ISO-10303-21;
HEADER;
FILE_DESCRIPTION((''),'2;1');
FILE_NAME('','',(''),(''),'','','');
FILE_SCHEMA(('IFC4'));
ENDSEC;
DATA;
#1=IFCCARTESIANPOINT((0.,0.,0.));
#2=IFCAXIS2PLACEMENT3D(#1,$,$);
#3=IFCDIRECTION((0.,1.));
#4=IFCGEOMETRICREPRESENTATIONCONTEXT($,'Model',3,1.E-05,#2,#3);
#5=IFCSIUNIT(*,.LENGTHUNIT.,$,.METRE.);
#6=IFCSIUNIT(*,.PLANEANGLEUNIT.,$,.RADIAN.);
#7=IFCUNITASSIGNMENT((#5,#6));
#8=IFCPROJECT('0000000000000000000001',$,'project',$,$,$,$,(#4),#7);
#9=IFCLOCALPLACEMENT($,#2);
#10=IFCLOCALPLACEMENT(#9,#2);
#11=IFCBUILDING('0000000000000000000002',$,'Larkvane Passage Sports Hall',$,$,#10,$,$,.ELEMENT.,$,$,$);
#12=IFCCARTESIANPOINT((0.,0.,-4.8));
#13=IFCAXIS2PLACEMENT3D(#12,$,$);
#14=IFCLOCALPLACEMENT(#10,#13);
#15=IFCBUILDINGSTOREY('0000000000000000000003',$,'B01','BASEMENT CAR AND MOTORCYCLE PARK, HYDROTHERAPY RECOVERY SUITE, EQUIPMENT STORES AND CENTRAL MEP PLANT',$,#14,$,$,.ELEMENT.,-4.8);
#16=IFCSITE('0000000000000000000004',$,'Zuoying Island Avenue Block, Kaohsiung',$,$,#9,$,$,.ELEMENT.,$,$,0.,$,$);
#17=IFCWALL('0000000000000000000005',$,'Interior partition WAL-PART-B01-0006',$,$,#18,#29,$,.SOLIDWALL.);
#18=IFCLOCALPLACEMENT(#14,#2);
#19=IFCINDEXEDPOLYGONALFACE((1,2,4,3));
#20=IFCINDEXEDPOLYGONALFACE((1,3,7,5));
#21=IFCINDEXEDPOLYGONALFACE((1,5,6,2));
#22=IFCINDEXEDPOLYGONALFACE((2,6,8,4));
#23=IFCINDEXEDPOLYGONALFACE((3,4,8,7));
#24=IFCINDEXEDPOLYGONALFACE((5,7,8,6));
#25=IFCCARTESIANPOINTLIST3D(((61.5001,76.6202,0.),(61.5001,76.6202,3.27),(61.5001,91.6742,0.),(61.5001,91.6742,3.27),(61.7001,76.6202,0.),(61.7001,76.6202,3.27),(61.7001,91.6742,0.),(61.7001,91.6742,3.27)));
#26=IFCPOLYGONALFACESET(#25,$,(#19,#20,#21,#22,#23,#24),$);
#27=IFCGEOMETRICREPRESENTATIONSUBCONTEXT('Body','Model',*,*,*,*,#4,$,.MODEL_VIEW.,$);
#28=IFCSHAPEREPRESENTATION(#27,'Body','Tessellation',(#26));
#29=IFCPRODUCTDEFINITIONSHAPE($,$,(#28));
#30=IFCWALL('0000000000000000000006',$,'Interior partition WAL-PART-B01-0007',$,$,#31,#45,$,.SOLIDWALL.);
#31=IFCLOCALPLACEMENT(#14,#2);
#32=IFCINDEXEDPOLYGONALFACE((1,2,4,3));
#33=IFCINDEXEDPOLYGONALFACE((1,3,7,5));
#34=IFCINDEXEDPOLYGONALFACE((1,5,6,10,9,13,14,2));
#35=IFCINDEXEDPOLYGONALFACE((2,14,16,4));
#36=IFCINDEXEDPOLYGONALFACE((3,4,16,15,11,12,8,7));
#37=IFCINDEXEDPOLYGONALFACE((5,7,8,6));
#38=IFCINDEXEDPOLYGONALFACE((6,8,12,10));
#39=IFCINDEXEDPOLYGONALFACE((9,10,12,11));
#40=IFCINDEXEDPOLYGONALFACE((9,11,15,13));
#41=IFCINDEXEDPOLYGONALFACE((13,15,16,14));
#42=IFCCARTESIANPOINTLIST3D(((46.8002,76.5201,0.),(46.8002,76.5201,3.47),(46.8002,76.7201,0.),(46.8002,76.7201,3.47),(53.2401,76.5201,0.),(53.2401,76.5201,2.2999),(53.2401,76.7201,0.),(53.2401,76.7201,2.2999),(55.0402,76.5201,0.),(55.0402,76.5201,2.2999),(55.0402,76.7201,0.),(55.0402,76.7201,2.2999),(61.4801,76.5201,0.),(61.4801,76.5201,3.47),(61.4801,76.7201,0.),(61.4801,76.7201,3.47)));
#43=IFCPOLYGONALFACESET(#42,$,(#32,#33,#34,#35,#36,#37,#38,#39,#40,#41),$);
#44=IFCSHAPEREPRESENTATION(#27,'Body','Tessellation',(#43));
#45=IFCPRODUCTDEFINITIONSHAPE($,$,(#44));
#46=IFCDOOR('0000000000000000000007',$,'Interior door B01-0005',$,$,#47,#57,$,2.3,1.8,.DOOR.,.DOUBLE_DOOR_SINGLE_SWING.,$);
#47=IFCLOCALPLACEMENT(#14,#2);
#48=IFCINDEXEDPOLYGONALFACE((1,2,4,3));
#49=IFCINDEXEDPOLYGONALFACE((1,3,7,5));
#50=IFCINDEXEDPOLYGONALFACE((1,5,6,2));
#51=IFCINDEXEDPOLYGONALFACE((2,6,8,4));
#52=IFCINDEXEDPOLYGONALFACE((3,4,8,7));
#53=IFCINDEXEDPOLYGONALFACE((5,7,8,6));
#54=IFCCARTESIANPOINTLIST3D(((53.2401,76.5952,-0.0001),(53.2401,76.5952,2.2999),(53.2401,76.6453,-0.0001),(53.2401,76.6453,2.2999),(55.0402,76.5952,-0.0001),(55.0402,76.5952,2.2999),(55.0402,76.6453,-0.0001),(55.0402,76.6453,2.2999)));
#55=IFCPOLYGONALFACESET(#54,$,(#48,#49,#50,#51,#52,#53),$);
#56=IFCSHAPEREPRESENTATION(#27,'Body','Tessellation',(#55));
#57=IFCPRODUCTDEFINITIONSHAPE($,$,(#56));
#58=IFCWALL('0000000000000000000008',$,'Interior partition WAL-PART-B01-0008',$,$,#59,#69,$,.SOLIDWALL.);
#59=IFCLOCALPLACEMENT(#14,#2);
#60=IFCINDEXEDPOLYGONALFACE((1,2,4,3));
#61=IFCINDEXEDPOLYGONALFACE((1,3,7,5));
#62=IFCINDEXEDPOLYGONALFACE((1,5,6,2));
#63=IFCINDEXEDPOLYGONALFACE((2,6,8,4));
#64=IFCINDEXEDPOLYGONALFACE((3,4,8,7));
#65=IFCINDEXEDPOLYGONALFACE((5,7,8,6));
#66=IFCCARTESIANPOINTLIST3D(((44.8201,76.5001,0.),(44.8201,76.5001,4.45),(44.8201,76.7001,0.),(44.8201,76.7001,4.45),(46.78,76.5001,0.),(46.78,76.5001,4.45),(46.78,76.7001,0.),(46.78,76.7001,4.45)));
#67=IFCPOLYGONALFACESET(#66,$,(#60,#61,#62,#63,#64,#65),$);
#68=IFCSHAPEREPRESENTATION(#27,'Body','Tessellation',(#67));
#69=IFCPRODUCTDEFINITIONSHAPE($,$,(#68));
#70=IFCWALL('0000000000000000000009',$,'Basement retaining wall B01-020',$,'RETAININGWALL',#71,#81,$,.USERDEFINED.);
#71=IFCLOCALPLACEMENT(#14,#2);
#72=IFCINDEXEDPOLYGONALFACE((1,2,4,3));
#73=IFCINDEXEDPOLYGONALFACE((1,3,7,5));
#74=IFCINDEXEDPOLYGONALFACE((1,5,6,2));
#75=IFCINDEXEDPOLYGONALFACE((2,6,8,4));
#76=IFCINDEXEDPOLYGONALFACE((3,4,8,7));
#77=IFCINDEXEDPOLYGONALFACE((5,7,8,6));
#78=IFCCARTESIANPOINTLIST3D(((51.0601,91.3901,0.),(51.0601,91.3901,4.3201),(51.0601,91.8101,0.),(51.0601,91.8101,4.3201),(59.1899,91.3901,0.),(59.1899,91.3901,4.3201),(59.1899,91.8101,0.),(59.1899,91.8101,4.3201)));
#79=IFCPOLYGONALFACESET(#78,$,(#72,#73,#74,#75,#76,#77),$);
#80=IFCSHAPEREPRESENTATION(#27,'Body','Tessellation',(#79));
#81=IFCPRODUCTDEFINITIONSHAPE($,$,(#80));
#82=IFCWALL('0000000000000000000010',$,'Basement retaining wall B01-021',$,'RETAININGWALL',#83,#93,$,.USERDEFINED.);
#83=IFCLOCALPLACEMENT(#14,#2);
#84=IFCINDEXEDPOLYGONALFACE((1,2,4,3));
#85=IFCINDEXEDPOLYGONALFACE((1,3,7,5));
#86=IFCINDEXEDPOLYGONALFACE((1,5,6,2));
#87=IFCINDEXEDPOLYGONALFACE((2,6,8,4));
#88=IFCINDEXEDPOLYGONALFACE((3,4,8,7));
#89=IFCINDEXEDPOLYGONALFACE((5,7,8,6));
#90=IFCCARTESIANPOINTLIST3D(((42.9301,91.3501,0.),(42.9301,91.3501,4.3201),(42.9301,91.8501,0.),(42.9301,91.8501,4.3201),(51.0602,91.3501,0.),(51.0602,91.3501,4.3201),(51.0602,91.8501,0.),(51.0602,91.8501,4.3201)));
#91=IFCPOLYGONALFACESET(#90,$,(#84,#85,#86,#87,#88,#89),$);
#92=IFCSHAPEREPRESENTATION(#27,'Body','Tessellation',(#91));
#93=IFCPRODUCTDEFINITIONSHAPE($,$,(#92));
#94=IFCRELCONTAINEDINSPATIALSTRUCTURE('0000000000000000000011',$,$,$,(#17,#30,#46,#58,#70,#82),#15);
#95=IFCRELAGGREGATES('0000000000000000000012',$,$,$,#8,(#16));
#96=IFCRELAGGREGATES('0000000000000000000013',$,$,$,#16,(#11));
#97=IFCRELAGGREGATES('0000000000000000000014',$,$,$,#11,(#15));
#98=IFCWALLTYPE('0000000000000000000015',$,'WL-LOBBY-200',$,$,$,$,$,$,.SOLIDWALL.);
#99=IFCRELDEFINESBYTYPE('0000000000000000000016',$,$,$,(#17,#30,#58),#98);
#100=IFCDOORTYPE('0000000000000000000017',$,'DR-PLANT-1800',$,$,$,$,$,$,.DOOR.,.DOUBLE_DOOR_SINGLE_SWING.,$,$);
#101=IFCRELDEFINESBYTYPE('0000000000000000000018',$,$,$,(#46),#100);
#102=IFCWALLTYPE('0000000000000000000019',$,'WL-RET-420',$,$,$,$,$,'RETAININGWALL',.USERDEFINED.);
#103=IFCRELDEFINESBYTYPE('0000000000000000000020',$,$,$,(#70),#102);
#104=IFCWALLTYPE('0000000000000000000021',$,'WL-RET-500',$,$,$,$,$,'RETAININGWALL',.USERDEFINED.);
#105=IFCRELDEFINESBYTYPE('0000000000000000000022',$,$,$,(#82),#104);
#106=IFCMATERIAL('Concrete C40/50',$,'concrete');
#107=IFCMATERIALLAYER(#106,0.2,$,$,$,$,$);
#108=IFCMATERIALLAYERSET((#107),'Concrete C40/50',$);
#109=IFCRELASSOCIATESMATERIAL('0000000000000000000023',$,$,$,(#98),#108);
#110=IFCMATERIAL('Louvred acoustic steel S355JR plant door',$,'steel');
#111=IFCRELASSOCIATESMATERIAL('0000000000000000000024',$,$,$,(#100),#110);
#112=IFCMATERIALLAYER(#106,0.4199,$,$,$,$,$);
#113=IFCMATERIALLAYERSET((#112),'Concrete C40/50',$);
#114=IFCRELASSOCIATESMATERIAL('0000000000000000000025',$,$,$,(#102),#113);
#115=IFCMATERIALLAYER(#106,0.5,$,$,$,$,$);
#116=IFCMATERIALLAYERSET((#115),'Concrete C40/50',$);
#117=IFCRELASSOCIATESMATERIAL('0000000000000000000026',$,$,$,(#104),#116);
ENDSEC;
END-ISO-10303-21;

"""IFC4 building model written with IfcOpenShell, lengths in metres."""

from ifc_helpers import new_model, si_unit, direction, frame, frame_2d, origin, place, context, subcontext, project, spatial, rectangle, extrude, material, layer, layer_set, type_object, element, fill, save


model = new_model("IFC4")

# Units and contexts
model_context = context("Model", 3, precision=1e-05, world=origin(), true_north=direction((0.0, 1.0)))
body_context = subcontext(model_context, "Body", "Model", "MODEL_VIEW")
ifc_project = project(units=[si_unit("LENGTHUNIT", "METRE"), si_unit("PLANEANGLEUNIT", "RADIAN")], contexts=[model_context])

# Site, building, storey
site_placement = place(None, origin())
site = spatial("IfcSite", under=ifc_project, at=site_placement, Name="Zuoying Island Avenue Block, Kaohsiung", CompositionType="ELEMENT", RefElevation=0.0)
building_placement = place(site_placement, origin())
building = spatial("IfcBuilding", under=site, at=building_placement, Name="Larkvane Passage Sports Hall", CompositionType="ELEMENT")
storey_placement = place(building_placement, frame((0.0, 0.0, -4.8)))
storey = spatial("IfcBuildingStorey", under=building, at=storey_placement, Name="B01", Description="BASEMENT CAR AND MOTORCYCLE PARK, HYDROTHERAPY RECOVERY SUITE, EQUIPMENT STORES AND CENTRAL MEP PLANT", CompositionType="ELEMENT", Elevation=-4.8)

# Shared definitions
ifc_material_1 = material(Name="Concrete C40/50", Category="concrete")

# Wall
ifc_layer_1 = layer(ifc_material_1, 0.2)
ifc_layer_set_1 = layer_set([ifc_layer_1], Name="Concrete C40/50")
wall_type_1 = type_object("IfcWallType", Name="WL-LOBBY-200", PredefinedType="SOLIDWALL", material=ifc_layer_set_1)
wall_1_placement = place(storey_placement, frame((61.6001, 91.6741, 0.0), z_axis=(0.0, 0.0, 1.0), x_axis=(0.0, -1.0, 0.0)))
element("IfcWall", 1, at=wall_1_placement, inside=storey, type_object=wall_type_1, Name="Interior partition WAL-PART-B01-0006", PredefinedType="SOLIDWALL", context=body_context, shape_type="SweptSolid", body=[
    extrude(rectangle(XDim=15.054, YDim=0.2, at=frame_2d((7.5269, 0.0))), origin(), (0.0, 0.0, 1.0), 3.27),
])

# Wall, opening, door
wall_2_placement = place(storey_placement, frame((61.48, 76.6201, 0.0), z_axis=(0.0, 0.0, 1.0), x_axis=(-1.0, 0.0, 0.0)))
wall_2 = element("IfcWall", 2, at=wall_2_placement, inside=storey, type_object=wall_type_1, Name="Interior partition WAL-PART-B01-0007", PredefinedType="SOLIDWALL", context=body_context, shape_type="SweptSolid", body=[
    extrude(rectangle(XDim=14.6799, YDim=0.2, at=frame_2d((7.3398, 0.0))), origin(), (0.0, 0.0, 1.0), 3.47),
])
opening_placement = place(wall_2_placement, frame((6.4399, 0.0, 0.0)))
opening = element("IfcOpeningElement", 3, at=opening_placement, cuts=wall_2, PredefinedType="OPENING", context=body_context, shape_type="SweptSolid", body=[
    extrude(rectangle(XDim=1.8, YDim=2.3, at=frame_2d((0.8999, 1.1499))), frame((0.0, 0.1099, 0.0), z_axis=(0.0, -1.0, 0.0), x_axis=(1.0, 0.0, 0.0)), (0.0, 0.0, 1.0), 0.22),
])
ifc_material_2 = material(Name="Louvred acoustic steel S355JR plant door", Category="steel")
door_type = type_object("IfcDoorType", Name="DR-PLANT-1800", OperationType="DOUBLE_DOOR_SINGLE_SWING", PredefinedType="DOOR", material=ifc_material_2)
door_placement = place(opening_placement, origin())
door = element("IfcDoor", 4, at=door_placement, inside=storey, type_object=door_type, Name="Interior door B01-0005", OperationType="DOUBLE_DOOR_SINGLE_SWING", OverallHeight=2.3, OverallWidth=1.8, PredefinedType="DOOR", context=body_context, shape_type="SweptSolid", body=[
    extrude(rectangle(XDim=1.8, YDim=2.3, at=frame_2d((0.8999, 1.1499))), frame((0.0, 0.0249, 0.0), z_axis=(0.0, -1.0, 0.0), x_axis=(1.0, 0.0, 0.0)), (0.0, 0.0, 1.0), 0.05),
])
fill(opening, door)

# Walls
wall_3_placement = place(storey_placement, frame((46.78, 76.6001, 0.0), z_axis=(0.0, 0.0, 1.0), x_axis=(-1.0, 0.0, 0.0)))
element("IfcWall", 5, at=wall_3_placement, inside=storey, type_object=wall_type_1, Name="Interior partition WAL-PART-B01-0008", PredefinedType="SOLIDWALL", context=body_context, shape_type="SweptSolid", body=[
    extrude(rectangle(XDim=1.96, YDim=0.2, at=frame_2d((0.98, 0.0))), origin(), (0.0, 0.0, 1.0), 4.45),
])
ifc_layer_2 = layer(ifc_material_1, 0.4199)
ifc_layer_set_2 = layer_set([ifc_layer_2], Name="Concrete C40/50")
wall_type_2 = type_object("IfcWallType", Name="WL-RET-420", ElementType="RETAININGWALL", PredefinedType="USERDEFINED", material=ifc_layer_set_2)
wall_4_placement = place(storey_placement, frame((59.1899, 91.6001, 0.0), z_axis=(0.0, 0.0, 1.0), x_axis=(-1.0, 0.0, 0.0)))
element("IfcWall", 6, at=wall_4_placement, inside=storey, type_object=wall_type_2, Name="Basement retaining wall B01-020", ObjectType="RETAININGWALL", PredefinedType="USERDEFINED", context=body_context, shape_type="SweptSolid", body=[
    extrude(rectangle(XDim=8.1299, YDim=0.4199, at=frame_2d((4.0649, 0.0))), origin(), (0.0, 0.0, 1.0), 4.3201),
])
ifc_layer_3 = layer(ifc_material_1, 0.5)
ifc_layer_set_3 = layer_set([ifc_layer_3], Name="Concrete C40/50")
wall_type_3 = type_object("IfcWallType", Name="WL-RET-500", ElementType="RETAININGWALL", PredefinedType="USERDEFINED", material=ifc_layer_set_3)
wall_5_placement = place(storey_placement, frame((51.0601, 91.6001, 0.0), z_axis=(0.0, 0.0, 1.0), x_axis=(-1.0, 0.0, 0.0)))
element("IfcWall", 7, at=wall_5_placement, inside=storey, type_object=wall_type_3, Name="Basement retaining wall B01-021", ObjectType="RETAININGWALL", PredefinedType="USERDEFINED", context=body_context, shape_type="SweptSolid", body=[
    extrude(rectangle(XDim=8.1301, YDim=0.5, at=frame_2d((4.0649, 0.0))), origin(), (0.0, 0.0, 1.0), 4.3201),
])

save(model, "model.ifc")
